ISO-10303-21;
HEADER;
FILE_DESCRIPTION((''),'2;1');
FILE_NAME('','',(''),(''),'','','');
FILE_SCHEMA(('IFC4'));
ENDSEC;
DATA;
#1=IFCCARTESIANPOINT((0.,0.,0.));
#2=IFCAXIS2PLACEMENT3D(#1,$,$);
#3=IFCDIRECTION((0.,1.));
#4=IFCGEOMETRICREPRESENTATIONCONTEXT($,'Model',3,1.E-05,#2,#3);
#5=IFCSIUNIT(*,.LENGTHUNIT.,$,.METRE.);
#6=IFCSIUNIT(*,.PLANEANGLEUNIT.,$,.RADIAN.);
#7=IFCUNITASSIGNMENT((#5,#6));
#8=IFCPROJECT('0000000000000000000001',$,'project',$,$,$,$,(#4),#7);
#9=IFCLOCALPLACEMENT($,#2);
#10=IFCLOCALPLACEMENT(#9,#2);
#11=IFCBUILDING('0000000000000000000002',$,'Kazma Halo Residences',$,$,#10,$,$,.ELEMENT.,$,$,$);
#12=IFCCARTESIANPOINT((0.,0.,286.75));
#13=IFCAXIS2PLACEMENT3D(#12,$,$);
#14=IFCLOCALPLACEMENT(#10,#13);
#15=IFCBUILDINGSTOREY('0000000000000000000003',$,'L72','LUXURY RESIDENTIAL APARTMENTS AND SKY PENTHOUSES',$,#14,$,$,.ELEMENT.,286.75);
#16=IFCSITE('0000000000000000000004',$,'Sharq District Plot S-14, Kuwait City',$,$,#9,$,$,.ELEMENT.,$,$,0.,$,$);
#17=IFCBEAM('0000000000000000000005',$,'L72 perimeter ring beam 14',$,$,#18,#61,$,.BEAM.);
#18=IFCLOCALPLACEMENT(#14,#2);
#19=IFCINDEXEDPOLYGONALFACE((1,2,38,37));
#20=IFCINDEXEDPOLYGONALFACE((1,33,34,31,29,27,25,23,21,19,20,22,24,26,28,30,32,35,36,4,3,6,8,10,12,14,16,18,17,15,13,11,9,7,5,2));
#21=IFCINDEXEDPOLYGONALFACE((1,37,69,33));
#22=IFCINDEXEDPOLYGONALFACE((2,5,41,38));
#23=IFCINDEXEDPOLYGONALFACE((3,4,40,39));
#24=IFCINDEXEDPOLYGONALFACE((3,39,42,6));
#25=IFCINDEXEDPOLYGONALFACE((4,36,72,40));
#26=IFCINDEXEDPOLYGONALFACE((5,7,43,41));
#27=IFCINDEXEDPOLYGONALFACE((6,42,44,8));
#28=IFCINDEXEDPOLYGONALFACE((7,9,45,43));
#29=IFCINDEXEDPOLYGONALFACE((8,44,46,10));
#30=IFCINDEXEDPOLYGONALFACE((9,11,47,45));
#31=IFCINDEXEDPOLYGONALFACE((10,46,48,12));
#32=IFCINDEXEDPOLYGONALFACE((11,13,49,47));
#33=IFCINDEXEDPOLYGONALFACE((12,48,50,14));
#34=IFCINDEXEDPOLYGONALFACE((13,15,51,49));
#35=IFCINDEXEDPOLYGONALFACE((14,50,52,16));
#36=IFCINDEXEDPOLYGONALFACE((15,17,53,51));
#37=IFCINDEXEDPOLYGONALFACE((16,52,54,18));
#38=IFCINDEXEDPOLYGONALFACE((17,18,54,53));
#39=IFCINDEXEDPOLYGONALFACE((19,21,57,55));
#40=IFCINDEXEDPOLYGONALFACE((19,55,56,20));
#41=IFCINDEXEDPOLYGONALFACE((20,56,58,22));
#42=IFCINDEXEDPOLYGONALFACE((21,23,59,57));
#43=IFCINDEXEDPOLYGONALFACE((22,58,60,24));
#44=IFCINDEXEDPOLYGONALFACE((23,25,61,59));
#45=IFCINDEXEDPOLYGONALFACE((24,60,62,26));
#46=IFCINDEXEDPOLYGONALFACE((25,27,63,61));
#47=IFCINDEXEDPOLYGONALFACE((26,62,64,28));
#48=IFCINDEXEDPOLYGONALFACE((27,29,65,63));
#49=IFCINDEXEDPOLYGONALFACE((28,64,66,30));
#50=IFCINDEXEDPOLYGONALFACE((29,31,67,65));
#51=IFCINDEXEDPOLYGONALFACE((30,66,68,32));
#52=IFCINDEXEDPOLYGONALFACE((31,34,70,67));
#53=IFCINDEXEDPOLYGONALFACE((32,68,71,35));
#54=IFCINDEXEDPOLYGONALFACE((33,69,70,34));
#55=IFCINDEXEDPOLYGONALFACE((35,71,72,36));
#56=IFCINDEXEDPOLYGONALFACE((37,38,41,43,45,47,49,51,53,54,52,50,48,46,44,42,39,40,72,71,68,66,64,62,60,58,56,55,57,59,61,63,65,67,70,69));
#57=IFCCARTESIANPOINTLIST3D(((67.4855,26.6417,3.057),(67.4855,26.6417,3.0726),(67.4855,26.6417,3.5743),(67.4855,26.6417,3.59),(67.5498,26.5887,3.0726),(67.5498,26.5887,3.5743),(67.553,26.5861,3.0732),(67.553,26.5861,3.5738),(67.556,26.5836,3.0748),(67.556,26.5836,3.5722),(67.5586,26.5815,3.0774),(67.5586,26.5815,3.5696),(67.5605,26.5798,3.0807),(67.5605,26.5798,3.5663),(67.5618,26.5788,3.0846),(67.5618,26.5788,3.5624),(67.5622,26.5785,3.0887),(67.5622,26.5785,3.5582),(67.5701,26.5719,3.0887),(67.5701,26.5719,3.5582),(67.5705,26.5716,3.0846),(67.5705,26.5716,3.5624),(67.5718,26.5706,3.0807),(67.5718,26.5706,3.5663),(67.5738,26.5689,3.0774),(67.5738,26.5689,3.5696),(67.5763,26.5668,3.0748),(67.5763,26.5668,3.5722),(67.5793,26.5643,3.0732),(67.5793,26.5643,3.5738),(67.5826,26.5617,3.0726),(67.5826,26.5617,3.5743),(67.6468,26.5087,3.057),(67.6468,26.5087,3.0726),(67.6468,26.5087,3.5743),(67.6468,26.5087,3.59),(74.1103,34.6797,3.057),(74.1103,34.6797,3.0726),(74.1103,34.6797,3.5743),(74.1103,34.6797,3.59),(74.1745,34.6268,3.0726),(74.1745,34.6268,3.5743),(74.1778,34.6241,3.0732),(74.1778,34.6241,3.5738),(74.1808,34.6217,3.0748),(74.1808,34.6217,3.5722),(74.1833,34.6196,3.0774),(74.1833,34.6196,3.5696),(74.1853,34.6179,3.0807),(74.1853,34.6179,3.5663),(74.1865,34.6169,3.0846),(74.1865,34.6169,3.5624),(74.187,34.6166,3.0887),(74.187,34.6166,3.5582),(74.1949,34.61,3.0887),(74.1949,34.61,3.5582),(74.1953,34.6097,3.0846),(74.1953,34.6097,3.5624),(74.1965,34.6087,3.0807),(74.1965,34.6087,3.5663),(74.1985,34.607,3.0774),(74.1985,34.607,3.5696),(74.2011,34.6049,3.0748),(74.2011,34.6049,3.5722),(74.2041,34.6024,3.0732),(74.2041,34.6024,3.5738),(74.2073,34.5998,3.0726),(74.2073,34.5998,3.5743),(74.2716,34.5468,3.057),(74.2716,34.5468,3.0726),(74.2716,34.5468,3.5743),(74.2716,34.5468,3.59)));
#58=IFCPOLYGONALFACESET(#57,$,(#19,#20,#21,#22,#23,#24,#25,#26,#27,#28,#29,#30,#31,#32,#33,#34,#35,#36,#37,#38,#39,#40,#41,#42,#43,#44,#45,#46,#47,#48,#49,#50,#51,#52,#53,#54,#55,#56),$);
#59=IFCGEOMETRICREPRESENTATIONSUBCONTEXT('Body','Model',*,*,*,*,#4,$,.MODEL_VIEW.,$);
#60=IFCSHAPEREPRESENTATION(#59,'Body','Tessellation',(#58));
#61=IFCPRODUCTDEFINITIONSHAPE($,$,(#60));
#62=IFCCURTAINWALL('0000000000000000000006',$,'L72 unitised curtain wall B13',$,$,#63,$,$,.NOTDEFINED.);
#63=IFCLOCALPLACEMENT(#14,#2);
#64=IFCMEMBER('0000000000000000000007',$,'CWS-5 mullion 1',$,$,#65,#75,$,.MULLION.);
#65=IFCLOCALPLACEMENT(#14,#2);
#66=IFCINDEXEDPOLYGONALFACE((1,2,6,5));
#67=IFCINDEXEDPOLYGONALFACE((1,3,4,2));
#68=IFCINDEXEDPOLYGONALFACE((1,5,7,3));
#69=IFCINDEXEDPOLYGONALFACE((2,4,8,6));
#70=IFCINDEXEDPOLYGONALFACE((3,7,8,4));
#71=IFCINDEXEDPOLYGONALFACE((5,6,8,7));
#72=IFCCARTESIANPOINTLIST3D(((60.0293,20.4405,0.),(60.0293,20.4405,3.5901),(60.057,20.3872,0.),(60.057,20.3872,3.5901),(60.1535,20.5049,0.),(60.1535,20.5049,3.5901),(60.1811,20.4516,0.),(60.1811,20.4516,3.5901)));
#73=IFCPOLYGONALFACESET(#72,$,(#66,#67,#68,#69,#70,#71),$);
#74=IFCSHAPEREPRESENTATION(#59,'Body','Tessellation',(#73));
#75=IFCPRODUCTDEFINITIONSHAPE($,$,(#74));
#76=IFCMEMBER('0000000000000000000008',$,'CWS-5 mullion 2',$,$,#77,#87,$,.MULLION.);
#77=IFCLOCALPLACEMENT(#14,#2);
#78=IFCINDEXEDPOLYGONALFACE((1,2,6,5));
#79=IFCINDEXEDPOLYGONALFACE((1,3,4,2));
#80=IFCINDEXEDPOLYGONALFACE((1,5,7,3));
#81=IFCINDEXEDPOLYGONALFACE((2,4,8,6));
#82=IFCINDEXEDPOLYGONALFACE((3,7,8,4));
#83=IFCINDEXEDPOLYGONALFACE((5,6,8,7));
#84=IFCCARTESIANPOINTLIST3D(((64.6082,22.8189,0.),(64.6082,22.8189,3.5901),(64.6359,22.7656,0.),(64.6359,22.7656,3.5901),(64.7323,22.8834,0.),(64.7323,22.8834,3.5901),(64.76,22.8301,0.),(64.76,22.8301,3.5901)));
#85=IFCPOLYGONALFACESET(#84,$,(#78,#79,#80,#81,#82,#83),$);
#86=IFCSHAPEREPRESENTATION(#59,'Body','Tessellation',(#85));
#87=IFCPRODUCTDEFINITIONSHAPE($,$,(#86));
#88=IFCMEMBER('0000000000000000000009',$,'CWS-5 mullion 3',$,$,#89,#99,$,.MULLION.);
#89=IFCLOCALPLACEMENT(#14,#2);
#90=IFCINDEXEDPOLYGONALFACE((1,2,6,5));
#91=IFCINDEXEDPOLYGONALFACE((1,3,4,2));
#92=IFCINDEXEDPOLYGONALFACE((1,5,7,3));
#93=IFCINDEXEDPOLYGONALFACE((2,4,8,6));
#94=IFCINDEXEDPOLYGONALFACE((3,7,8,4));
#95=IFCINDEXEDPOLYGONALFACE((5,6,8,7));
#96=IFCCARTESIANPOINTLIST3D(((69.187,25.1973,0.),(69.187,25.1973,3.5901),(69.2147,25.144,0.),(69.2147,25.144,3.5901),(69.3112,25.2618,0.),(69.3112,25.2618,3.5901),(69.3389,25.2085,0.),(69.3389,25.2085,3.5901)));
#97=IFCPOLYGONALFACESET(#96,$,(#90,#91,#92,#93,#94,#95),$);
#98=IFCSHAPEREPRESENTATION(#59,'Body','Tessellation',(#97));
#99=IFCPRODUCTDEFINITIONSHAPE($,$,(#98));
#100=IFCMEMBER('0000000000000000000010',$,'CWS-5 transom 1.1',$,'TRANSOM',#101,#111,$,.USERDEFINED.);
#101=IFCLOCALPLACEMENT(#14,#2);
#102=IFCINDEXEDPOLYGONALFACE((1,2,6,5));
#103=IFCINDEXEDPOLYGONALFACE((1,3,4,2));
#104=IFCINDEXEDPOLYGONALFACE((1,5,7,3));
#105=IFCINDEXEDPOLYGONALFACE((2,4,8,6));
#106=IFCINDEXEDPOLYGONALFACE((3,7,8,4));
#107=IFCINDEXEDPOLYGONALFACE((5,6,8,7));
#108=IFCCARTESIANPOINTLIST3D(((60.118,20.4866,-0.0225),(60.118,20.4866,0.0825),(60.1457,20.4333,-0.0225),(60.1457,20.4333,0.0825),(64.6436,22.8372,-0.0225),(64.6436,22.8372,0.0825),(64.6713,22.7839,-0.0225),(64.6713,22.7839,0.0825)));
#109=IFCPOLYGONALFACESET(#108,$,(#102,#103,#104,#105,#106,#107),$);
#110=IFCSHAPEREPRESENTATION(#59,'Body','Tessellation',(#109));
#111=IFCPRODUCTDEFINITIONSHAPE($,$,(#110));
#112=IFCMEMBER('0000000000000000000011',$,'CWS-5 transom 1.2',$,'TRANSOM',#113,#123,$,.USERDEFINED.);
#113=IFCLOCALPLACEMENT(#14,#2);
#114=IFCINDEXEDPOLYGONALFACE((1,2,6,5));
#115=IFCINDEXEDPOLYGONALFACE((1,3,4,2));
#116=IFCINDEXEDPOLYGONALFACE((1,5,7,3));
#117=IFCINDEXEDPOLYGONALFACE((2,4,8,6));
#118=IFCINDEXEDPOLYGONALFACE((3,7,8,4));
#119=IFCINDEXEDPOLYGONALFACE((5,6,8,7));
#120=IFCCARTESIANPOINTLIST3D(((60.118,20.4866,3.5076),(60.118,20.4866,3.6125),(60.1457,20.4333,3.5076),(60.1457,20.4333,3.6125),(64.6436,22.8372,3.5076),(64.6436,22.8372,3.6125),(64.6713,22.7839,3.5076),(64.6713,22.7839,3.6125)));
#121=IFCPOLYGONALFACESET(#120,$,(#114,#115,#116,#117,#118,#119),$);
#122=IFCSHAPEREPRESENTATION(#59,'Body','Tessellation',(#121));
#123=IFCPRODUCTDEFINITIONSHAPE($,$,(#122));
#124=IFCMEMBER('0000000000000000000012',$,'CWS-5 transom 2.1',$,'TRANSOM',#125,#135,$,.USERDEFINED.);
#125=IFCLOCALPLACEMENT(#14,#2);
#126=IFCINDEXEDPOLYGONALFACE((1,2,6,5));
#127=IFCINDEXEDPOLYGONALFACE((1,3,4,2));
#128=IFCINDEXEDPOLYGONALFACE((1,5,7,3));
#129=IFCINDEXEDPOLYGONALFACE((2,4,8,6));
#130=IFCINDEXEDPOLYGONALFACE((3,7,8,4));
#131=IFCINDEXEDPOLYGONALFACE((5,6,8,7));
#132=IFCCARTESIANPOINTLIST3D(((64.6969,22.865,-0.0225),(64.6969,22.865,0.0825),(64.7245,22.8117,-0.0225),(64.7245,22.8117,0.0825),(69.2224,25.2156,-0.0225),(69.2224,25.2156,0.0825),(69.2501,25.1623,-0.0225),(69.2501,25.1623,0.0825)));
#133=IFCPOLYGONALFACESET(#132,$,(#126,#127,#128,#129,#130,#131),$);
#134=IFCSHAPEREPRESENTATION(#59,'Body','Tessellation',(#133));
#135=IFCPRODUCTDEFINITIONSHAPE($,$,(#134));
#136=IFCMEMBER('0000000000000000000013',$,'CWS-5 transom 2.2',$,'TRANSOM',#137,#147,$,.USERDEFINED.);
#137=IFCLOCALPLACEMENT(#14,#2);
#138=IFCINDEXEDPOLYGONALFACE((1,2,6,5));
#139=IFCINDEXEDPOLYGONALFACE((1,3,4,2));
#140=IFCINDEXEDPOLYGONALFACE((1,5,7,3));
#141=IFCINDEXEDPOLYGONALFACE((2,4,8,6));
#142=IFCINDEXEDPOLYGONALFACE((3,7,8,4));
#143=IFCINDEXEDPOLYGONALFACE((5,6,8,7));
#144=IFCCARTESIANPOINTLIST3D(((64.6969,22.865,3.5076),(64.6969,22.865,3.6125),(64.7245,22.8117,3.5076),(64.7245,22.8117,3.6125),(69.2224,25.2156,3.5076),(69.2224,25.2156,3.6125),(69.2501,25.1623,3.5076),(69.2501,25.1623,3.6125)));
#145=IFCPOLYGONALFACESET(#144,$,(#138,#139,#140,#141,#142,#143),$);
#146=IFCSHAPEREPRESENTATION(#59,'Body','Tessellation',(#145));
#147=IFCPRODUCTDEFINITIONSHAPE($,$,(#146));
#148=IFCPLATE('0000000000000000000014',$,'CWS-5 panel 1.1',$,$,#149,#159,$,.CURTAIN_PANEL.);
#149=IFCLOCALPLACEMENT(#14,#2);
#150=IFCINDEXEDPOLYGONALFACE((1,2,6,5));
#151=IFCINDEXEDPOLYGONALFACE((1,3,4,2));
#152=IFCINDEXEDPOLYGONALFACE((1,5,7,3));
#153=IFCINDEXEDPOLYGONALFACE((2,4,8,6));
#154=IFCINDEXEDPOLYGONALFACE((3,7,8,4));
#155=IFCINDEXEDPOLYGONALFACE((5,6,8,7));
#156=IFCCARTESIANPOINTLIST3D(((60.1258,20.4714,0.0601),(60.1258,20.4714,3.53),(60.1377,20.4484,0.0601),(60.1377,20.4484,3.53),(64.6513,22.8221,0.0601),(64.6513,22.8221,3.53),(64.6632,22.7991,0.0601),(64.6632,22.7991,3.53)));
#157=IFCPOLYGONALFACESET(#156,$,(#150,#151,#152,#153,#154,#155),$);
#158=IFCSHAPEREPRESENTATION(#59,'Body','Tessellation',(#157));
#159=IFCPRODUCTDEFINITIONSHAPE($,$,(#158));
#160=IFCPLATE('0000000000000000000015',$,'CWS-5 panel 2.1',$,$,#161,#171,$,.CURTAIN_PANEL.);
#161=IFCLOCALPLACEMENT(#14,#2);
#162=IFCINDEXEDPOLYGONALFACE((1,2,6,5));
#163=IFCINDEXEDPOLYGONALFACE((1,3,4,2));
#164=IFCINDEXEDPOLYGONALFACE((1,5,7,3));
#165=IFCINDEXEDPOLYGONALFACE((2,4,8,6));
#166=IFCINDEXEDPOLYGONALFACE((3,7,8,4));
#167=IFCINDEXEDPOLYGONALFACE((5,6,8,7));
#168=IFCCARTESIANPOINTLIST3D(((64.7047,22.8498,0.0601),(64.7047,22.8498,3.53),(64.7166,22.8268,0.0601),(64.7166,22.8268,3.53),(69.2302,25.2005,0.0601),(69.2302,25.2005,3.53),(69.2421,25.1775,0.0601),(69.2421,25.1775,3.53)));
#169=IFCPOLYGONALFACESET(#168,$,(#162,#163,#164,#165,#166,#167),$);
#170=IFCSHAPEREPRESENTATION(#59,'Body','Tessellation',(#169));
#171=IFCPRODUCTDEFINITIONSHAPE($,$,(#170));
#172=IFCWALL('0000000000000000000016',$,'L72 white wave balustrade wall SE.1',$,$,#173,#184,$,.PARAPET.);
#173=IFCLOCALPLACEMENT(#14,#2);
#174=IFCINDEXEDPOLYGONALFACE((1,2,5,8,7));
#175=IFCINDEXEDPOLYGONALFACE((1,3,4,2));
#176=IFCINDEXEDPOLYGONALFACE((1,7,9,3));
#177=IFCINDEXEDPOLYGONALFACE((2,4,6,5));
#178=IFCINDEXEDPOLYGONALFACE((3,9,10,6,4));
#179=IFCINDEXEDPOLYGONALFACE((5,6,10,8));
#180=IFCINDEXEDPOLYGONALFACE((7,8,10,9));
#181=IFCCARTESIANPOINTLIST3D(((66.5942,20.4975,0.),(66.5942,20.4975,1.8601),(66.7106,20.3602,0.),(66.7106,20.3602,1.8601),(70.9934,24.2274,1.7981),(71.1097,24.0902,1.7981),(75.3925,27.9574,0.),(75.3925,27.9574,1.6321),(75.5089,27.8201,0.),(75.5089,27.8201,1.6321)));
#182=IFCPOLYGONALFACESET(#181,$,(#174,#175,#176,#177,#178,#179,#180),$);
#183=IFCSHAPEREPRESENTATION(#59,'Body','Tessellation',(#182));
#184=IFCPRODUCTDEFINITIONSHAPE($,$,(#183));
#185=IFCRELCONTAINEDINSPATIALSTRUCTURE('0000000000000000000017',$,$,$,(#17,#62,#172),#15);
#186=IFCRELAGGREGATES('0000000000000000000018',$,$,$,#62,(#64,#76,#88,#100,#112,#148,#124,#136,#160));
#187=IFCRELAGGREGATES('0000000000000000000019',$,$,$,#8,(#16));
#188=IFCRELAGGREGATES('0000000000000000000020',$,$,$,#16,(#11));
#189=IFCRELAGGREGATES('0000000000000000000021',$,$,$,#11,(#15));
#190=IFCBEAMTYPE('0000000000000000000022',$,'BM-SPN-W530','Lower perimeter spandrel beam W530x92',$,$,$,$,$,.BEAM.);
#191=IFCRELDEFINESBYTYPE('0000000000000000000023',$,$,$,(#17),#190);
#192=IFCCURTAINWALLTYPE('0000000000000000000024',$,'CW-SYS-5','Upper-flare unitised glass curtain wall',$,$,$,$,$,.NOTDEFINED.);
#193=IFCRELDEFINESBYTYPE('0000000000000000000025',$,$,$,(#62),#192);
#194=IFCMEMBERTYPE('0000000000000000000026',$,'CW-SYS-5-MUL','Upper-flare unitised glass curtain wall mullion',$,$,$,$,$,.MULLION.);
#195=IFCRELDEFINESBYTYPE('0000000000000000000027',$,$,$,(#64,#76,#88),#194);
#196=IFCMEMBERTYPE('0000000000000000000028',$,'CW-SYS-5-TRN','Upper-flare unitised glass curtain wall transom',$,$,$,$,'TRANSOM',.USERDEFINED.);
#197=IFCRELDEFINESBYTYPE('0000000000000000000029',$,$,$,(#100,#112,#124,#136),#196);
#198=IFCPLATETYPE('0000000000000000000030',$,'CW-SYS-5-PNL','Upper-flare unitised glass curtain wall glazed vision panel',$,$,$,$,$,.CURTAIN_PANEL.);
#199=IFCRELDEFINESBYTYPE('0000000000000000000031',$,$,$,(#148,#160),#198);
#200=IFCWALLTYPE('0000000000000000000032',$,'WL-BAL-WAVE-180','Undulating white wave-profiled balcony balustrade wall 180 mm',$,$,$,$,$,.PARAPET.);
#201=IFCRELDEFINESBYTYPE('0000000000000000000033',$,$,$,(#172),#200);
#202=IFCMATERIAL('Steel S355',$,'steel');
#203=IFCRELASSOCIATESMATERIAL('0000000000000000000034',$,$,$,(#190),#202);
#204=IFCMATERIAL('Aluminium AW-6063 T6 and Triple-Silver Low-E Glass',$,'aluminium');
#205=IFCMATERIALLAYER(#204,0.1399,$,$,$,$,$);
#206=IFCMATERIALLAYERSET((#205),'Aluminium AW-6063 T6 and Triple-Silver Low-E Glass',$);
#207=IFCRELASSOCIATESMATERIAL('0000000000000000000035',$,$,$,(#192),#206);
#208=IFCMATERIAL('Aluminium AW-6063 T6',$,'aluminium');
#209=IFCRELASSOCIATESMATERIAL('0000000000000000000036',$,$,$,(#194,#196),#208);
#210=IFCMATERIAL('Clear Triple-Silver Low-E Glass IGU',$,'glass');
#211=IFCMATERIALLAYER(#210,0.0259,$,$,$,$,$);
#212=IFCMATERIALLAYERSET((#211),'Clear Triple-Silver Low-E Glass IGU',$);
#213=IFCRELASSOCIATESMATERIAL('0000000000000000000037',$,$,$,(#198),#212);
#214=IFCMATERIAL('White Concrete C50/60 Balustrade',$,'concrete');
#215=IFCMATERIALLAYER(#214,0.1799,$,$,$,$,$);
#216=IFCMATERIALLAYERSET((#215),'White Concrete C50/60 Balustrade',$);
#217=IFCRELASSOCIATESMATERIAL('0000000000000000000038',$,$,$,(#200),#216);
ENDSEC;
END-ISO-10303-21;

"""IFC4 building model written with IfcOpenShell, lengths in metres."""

from ifc_helpers import new_model, si_unit, direction, frame, origin, origin_2d, place, context, subcontext, project, spatial, polyline, rectangle, i_section, outline, extrude, material, layer, layer_set, material_profile, profile_set, type_object, element, aggregate, save


model = new_model("IFC4")

# Units and contexts
model_context = context("Model", 3, precision=1e-05, world=origin(), true_north=direction((0.0, 1.0)))
body_context = subcontext(model_context, "Body", "Model", "MODEL_VIEW")
ifc_project = project(units=[si_unit("LENGTHUNIT", "METRE"), si_unit("PLANEANGLEUNIT", "RADIAN")], contexts=[model_context])

# Site, building, storey
site_placement = place(None, origin())
site = spatial("IfcSite", under=ifc_project, at=site_placement, Name="Sharq District Plot S-14, Kuwait City", CompositionType="ELEMENT", RefElevation=0.0)
building_placement = place(site_placement, origin())
building = spatial("IfcBuilding", under=site, at=building_placement, Name="Kazma Halo Residences", CompositionType="ELEMENT")
storey_placement = place(building_placement, frame((0.0, 0.0, 286.75)))
storey = spatial("IfcBuildingStorey", under=building, at=storey_placement, Name="L72", Description="LUXURY RESIDENTIAL APARTMENTS AND SKY PENTHOUSES", CompositionType="ELEMENT", Elevation=286.75)

# Beam
ifc_material_1 = material(Name="Steel S355", Category="steel")
ifc_material_profile_1 = material_profile(ifc_material_1, i_section(OverallWidth=0.209, OverallDepth=0.533, WebThickness=0.0103, FlangeThickness=0.0156, FilletRadius=0.0161, at=origin_2d()), Name="W530x92")
ifc_profile_set_1 = profile_set([ifc_material_profile_1], Name="Steel S355")
beam_type_1 = type_object("IfcBeamType", Name="BM-SPN-W530", Description="Lower perimeter spandrel beam W530x92", PredefinedType="BEAM", material=ifc_profile_set_1)
beam_1_placement = place(storey_placement, frame((67.5662, 26.5752, 3.3235), z_axis=(0.636002, 0.771687, 0.0), x_axis=(-0.771687, 0.636002, 0.0)))
element("IfcBeam", 1, at=beam_1_placement, inside=storey, type_object=beam_type_1, Name="L72 perimeter ring beam 14", PredefinedType="BEAM", context=body_context, shape_type="SweptSolid", body=[
    extrude(i_section(OverallWidth=0.209, OverallDepth=0.533, WebThickness=0.0103, FlangeThickness=0.0156, FilletRadius=0.0161, at=origin_2d()), origin(), (0.0, 0.0, 1.0), 10.4163),
])

# Curtain wall, members, plates
ifc_material_2 = material(Name="Aluminium AW-6063 T6 and Triple-Silver Low-E Glass", Category="aluminium")
ifc_layer_1 = layer(ifc_material_2, 0.1399)
ifc_layer_set_1 = layer_set([ifc_layer_1], Name="Aluminium AW-6063 T6 and Triple-Silver Low-E Glass")
curtain_wall_type = type_object("IfcCurtainWallType", Name="CW-SYS-5", Description="Upper-flare unitised glass curtain wall", PredefinedType="NOTDEFINED", material=ifc_layer_set_1)
curtain_wall_placement = place(storey_placement, origin())
curtain_wall = element("IfcCurtainWall", 2, at=curtain_wall_placement, inside=storey, type_object=curtain_wall_type, Name="L72 unitised curtain wall B13", PredefinedType="NOTDEFINED")
ifc_material_3 = material(Name="Aluminium AW-6063 T6", Category="aluminium")
ifc_material_profile_2 = material_profile(ifc_material_3, rectangle(XDim=0.0601, YDim=0.1399, at=origin_2d()), Name="CWM-60x140")
ifc_profile_set_2 = profile_set([ifc_material_profile_2], Name="Aluminium AW-6063 T6")
member_type_1 = type_object("IfcMemberType", Name="CW-SYS-5-MUL", Description="Upper-flare unitised glass curtain wall mullion", PredefinedType="MULLION", material=ifc_profile_set_2)
member_1_placement = place(storey_placement, frame((60.1052, 20.446, 0.0), z_axis=(0.0, 0.0, 1.0), x_axis=(-0.460961, 0.887421, 0.0)))
member_1 = element("IfcMember", 3, at=member_1_placement, type_object=member_type_1, Name="CWS-5 mullion 1", PredefinedType="MULLION", context=body_context, shape_type="SweptSolid", body=[
    extrude(rectangle(XDim=0.0601, YDim=0.1399, at=origin_2d()), origin(), (0.0, 0.0, 1.0), 3.5901),
])
member_2_placement = place(storey_placement, frame((64.6841, 22.8245, 0.0), z_axis=(0.0, 0.0, 1.0), x_axis=(-0.460961, 0.887421, 0.0)))
member_2 = element("IfcMember", 4, at=member_2_placement, type_object=member_type_1, Name="CWS-5 mullion 2", PredefinedType="MULLION", context=body_context, shape_type="SweptSolid", body=[
    extrude(rectangle(XDim=0.0601, YDim=0.1399, at=origin_2d()), origin(), (0.0, 0.0, 1.0), 3.5901),
])
member_3_placement = place(storey_placement, frame((69.2629, 25.2029, 0.0), z_axis=(0.0, 0.0, 1.0), x_axis=(-0.460961, 0.887421, 0.0)))
member_3 = element("IfcMember", 5, at=member_3_placement, type_object=member_type_1, Name="CWS-5 mullion 3", PredefinedType="MULLION", context=body_context, shape_type="SweptSolid", body=[
    extrude(rectangle(XDim=0.0601, YDim=0.1399, at=origin_2d()), origin(), (0.0, 0.0, 1.0), 3.5901),
])
ifc_material_profile_3 = material_profile(ifc_material_3, rectangle(XDim=0.0601, YDim=0.105, at=origin_2d()), Name="CWT-60x105")
ifc_profile_set_3 = profile_set([ifc_material_profile_3], Name="Aluminium AW-6063 T6")
member_type_2 = type_object("IfcMemberType", Name="CW-SYS-5-TRN", Description="Upper-flare unitised glass curtain wall transom", ElementType="TRANSOM", PredefinedType="USERDEFINED", material=ifc_profile_set_3)
member_4_placement = place(storey_placement, frame((60.1318, 20.46, 0.03), z_axis=(0.887437, 0.460929, 0.0), x_axis=(-0.460929, 0.887437, 0.0)))
member_4 = element("IfcMember", 6, at=member_4_placement, type_object=member_type_2, Name="CWS-5 transom 1.1", ObjectType="TRANSOM", PredefinedType="USERDEFINED", context=body_context, shape_type="SweptSolid", body=[
    extrude(rectangle(XDim=0.0601, YDim=0.105, at=origin_2d()), origin(), (0.0, 0.0, 1.0), 5.0996),
])
member_5_placement = place(storey_placement, frame((60.1318, 20.46, 3.5601), z_axis=(0.887437, 0.460929, 0.0), x_axis=(-0.460929, 0.887437, 0.0)))
member_5 = element("IfcMember", 7, at=member_5_placement, type_object=member_type_2, Name="CWS-5 transom 1.2", ObjectType="TRANSOM", PredefinedType="USERDEFINED", context=body_context, shape_type="SweptSolid", body=[
    extrude(rectangle(XDim=0.0601, YDim=0.105, at=origin_2d()), origin(), (0.0, 0.0, 1.0), 5.0996),
])
member_6_placement = place(storey_placement, frame((64.7107, 22.8384, 0.03), z_axis=(0.887437, 0.460929, 0.0), x_axis=(-0.460929, 0.887437, 0.0)))
member_6 = element("IfcMember", 8, at=member_6_placement, type_object=member_type_2, Name="CWS-5 transom 2.1", ObjectType="TRANSOM", PredefinedType="USERDEFINED", context=body_context, shape_type="SweptSolid", body=[
    extrude(rectangle(XDim=0.0601, YDim=0.105, at=origin_2d()), origin(), (0.0, 0.0, 1.0), 5.0996),
])
member_7_placement = place(storey_placement, frame((64.7107, 22.8384, 3.5601), z_axis=(0.887437, 0.460929, 0.0), x_axis=(-0.460929, 0.887437, 0.0)))
member_7 = element("IfcMember", 9, at=member_7_placement, type_object=member_type_2, Name="CWS-5 transom 2.2", ObjectType="TRANSOM", PredefinedType="USERDEFINED", context=body_context, shape_type="SweptSolid", body=[
    extrude(rectangle(XDim=0.0601, YDim=0.105, at=origin_2d()), origin(), (0.0, 0.0, 1.0), 5.0996),
])
ifc_material_4 = material(Name="Clear Triple-Silver Low-E Glass IGU", Category="glass")
ifc_layer_2 = layer(ifc_material_4, 0.0259)
ifc_layer_set_2 = layer_set([ifc_layer_2], Name="Clear Triple-Silver Low-E Glass IGU")
plate_type = type_object("IfcPlateType", Name="CW-SYS-5-PNL", Description="Upper-flare unitised glass curtain wall glazed vision panel", PredefinedType="CURTAIN_PANEL", material=ifc_layer_set_2)
plate_1_placement = place(storey_placement, frame((62.3945, 21.6353, 0.0601), z_axis=(0.0, 0.0, 1.0), x_axis=(0.887421, 0.460961, 0.0)))
plate_1 = element("IfcPlate", 10, at=plate_1_placement, type_object=plate_type, Name="CWS-5 panel 1.1", PredefinedType="CURTAIN_PANEL", context=body_context, shape_type="SweptSolid", body=[
    extrude(rectangle(XDim=5.0996, YDim=0.0259, at=origin_2d()), origin(), (0.0, 0.0, 1.0), 3.47),
])
plate_2_placement = place(storey_placement, frame((66.9734, 24.0137, 0.0601), z_axis=(0.0, 0.0, 1.0), x_axis=(0.887421, 0.460961, 0.0)))
plate_2 = element("IfcPlate", 11, at=plate_2_placement, type_object=plate_type, Name="CWS-5 panel 2.1", PredefinedType="CURTAIN_PANEL", context=body_context, shape_type="SweptSolid", body=[
    extrude(rectangle(XDim=5.0996, YDim=0.0259, at=origin_2d()), origin(), (0.0, 0.0, 1.0), 3.47),
])
aggregate(curtain_wall, [member_1, member_2, member_3, member_4, member_5, plate_1, member_6, member_7, plate_2])

# Wall
ifc_material_5 = material(Name="White Concrete C50/60 Balustrade", Category="concrete")
ifc_layer_3 = layer(ifc_material_5, 0.1799)
ifc_layer_set_3 = layer_set([ifc_layer_3], Name="White Concrete C50/60 Balustrade")
wall_type_1 = type_object("IfcWallType", Name="WL-BAL-WAVE-180", Description="Undulating white wave-profiled balcony balustrade wall 180 mm", PredefinedType="PARAPET", material=ifc_layer_set_3)
wall_1_placement = place(storey_placement, frame((66.6523, 20.429, 0.0), z_axis=(0.0, 0.0, 1.0), x_axis=(0.762736, 0.64671, 0.0)))
element("IfcWall", 12, at=wall_1_placement, inside=storey, type_object=wall_type_1, Name="L72 white wave balustrade wall SE.1", PredefinedType="PARAPET", context=body_context, shape_type="SweptSolid", body=[
    extrude(outline(polyline([(0.0, 0.0), (11.5352, 0.0), (11.5352, 1.6321), (5.7676, 1.7981), (0.0, 1.8601), (0.0, 0.0)])), frame((0.0, 0.0898, 0.0), z_axis=(0.0, -1.0, 0.0), x_axis=(1.0, 0.0, 0.0)), (0.0, 0.0, 1.0), 0.1799),
])

save(model, "model.ifc")
